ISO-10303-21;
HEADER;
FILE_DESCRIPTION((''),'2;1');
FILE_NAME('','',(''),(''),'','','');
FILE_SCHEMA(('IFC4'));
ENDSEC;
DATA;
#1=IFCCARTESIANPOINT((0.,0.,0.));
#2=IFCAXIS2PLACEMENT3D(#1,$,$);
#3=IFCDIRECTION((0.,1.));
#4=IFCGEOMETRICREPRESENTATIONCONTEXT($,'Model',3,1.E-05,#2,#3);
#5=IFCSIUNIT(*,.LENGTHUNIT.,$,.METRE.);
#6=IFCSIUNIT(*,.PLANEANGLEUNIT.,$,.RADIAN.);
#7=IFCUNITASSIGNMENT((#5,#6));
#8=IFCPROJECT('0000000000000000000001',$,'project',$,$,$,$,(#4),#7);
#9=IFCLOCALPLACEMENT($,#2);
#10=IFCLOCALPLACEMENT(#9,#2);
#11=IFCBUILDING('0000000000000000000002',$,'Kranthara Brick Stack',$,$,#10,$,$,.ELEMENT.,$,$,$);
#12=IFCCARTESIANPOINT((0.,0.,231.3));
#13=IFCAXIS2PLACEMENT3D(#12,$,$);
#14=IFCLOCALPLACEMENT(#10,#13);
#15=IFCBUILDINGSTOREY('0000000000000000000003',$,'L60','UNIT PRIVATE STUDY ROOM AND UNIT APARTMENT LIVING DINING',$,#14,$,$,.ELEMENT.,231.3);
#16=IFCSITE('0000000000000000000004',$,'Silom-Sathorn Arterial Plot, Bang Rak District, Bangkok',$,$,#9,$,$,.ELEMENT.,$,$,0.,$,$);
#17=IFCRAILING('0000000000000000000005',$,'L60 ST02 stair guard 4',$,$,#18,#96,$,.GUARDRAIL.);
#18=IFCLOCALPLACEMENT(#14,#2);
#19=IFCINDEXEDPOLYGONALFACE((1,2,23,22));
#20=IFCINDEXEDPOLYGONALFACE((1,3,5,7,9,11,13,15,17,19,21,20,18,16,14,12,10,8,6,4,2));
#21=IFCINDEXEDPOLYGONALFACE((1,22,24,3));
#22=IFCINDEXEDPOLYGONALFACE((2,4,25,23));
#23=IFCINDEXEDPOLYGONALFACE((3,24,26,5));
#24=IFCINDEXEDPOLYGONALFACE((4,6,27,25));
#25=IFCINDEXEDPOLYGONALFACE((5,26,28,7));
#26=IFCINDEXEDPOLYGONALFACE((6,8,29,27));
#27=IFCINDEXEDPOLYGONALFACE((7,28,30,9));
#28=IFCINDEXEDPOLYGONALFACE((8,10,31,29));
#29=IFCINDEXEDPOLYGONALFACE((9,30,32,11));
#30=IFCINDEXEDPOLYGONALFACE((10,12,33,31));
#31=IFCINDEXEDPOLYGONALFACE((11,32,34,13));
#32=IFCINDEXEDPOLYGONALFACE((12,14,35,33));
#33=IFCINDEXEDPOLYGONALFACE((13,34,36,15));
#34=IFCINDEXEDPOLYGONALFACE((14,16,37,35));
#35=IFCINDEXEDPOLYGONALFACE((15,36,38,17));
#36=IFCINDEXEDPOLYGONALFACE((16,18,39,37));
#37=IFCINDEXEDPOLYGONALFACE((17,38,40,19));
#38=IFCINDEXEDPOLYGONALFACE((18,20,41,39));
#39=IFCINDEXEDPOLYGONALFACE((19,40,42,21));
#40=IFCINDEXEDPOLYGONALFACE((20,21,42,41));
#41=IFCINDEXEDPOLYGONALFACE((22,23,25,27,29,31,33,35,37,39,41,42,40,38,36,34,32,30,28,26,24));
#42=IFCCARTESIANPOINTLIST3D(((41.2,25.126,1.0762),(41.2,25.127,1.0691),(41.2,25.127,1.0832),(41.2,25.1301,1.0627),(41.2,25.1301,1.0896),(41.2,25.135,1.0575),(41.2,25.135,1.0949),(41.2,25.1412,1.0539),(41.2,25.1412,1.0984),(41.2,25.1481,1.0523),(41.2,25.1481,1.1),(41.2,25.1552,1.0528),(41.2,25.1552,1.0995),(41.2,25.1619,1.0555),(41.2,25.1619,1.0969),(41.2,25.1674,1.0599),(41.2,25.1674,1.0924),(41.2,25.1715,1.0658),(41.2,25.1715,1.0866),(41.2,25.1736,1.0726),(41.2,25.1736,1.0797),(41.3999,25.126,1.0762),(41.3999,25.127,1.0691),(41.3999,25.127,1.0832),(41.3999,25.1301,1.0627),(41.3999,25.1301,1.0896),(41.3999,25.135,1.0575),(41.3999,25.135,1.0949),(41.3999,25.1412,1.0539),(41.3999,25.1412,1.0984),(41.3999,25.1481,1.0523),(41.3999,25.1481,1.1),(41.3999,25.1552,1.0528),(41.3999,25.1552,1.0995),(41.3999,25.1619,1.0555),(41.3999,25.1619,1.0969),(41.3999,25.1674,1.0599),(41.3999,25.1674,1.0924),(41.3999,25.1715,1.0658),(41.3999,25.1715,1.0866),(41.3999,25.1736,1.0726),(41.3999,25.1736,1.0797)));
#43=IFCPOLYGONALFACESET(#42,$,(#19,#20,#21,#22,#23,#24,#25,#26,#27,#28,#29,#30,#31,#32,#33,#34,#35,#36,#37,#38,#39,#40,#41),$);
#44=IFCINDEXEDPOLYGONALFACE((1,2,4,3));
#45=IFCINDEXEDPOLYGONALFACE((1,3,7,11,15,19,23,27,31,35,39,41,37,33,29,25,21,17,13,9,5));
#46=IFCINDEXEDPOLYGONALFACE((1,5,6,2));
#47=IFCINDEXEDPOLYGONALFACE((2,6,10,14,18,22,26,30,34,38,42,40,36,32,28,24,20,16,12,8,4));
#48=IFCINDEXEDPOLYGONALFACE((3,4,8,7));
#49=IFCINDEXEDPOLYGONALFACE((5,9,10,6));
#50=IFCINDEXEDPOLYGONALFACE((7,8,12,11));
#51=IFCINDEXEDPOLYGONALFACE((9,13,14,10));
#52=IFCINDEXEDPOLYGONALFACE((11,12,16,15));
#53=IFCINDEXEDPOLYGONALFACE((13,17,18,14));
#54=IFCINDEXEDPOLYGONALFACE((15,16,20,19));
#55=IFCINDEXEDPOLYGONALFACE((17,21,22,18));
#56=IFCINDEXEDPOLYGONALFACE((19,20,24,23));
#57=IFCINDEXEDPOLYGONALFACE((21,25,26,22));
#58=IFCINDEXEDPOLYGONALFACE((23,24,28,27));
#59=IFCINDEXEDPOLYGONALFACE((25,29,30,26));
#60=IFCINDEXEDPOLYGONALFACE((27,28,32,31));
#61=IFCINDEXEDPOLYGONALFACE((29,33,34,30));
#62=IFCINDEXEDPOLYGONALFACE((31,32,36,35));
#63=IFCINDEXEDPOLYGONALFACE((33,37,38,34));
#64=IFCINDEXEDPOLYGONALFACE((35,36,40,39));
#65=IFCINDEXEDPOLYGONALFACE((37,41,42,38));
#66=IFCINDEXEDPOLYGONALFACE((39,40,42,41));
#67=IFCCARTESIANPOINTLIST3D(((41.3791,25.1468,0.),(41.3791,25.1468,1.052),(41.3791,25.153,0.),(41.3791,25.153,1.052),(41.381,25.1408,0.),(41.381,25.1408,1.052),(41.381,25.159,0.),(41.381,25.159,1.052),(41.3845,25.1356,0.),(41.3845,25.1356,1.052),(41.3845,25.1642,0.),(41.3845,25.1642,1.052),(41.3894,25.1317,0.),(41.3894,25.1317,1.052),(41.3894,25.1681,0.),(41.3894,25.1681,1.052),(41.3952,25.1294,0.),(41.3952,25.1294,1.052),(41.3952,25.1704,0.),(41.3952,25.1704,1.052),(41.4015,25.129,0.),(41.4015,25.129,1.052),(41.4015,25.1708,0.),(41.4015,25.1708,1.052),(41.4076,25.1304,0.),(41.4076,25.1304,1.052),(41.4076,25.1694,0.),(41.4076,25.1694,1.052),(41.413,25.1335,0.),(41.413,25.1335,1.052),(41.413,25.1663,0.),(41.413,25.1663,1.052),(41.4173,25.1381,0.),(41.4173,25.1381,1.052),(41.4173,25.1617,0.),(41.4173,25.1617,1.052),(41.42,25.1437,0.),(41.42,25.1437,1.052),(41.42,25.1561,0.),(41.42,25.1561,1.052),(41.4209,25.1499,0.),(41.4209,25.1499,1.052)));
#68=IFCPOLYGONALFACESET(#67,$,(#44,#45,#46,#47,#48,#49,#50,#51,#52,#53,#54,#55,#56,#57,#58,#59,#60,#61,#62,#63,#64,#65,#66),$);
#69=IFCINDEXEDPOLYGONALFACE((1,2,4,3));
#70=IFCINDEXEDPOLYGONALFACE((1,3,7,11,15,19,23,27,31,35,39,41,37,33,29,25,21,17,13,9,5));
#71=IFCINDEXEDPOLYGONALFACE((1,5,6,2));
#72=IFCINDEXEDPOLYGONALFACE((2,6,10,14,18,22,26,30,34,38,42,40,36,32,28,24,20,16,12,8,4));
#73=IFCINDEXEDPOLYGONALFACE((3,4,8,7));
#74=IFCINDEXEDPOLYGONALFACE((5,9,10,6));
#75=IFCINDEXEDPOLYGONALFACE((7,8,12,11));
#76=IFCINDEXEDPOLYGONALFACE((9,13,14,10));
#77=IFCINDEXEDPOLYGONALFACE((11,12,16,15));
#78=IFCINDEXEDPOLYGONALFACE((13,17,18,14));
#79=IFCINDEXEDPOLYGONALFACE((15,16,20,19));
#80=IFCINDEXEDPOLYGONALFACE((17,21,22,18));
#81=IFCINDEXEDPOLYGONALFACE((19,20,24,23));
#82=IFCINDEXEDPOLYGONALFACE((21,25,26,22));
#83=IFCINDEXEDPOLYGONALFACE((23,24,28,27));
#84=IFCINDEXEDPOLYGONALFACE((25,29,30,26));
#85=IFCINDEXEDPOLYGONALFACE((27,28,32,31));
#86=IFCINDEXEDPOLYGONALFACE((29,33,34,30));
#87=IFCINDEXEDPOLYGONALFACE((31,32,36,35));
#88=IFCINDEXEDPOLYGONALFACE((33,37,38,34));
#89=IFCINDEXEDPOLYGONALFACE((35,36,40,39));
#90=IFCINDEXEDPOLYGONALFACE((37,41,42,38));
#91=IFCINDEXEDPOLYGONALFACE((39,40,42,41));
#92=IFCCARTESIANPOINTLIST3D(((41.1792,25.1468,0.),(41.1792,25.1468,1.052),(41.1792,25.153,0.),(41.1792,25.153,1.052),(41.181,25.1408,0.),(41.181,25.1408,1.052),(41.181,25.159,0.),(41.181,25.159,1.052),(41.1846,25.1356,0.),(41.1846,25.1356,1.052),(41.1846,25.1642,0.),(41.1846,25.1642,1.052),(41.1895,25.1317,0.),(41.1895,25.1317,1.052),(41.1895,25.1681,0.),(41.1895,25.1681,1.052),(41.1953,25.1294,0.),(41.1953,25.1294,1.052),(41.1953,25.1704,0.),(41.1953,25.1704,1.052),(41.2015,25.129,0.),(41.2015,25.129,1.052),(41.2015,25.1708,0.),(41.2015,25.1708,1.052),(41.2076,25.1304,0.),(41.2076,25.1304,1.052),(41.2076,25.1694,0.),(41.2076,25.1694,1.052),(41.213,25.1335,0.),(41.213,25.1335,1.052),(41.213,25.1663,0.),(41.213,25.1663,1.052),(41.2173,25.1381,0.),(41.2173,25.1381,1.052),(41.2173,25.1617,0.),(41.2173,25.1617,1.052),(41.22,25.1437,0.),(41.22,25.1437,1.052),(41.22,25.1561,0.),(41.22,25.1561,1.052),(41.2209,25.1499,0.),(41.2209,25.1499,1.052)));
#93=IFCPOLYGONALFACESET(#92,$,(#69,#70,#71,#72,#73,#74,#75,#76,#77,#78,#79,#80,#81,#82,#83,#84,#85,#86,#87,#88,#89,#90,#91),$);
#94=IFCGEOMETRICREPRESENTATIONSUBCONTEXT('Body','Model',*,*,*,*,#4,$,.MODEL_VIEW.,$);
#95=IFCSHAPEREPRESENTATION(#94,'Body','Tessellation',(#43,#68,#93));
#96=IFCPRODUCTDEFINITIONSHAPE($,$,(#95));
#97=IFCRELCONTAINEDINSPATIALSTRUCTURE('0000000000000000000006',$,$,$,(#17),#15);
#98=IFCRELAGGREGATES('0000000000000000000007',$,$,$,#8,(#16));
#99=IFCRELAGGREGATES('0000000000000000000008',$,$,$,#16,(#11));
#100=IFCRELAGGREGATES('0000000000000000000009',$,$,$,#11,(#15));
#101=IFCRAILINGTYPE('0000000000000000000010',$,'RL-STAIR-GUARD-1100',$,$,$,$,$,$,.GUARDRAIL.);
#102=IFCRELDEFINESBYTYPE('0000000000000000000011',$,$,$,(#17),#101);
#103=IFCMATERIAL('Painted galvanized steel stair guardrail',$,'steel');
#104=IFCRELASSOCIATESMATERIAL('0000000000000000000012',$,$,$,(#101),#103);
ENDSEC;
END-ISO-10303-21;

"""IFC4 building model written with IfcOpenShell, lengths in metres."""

from ifc_helpers import new_model, si_unit, direction, frame, origin, origin_2d, place, context, subcontext, project, spatial, circle, extrude, material, type_object, element, save


model = new_model("IFC4")

# Units and contexts
model_context = context("Model", 3, precision=1e-05, world=origin(), true_north=direction((0.0, 1.0)))
body_context = subcontext(model_context, "Body", "Model", "MODEL_VIEW")
ifc_project = project(units=[si_unit("LENGTHUNIT", "METRE"), si_unit("PLANEANGLEUNIT", "RADIAN")], contexts=[model_context])

# Site, building, storey
site_placement = place(None, origin())
site = spatial("IfcSite", under=ifc_project, at=site_placement, Name="Silom-Sathorn Arterial Plot, Bang Rak District, Bangkok", CompositionType="ELEMENT", RefElevation=0.0)
building_placement = place(site_placement, origin())
building = spatial("IfcBuilding", under=site, at=building_placement, Name="Kranthara Brick Stack", CompositionType="ELEMENT")
storey_placement = place(building_placement, frame((0.0, 0.0, 231.3)))
storey = spatial("IfcBuildingStorey", under=building, at=storey_placement, Name="L60", Description="UNIT PRIVATE STUDY ROOM AND UNIT APARTMENT LIVING DINING", CompositionType="ELEMENT", Elevation=231.3)

# Railing
ifc_material_1 = material(Name="Painted galvanized steel stair guardrail", Category="steel")
railing_type_1 = type_object("IfcRailingType", Name="RL-STAIR-GUARD-1100", PredefinedType="GUARDRAIL", material=ifc_material_1)
railing_1_placement = place(storey_placement, frame((41.3999, 25.1499, 0.0)))
element("IfcRailing", 1, at=railing_1_placement, inside=storey, type_object=railing_type_1, Name="L60 ST02 stair guard 4", PredefinedType="GUARDRAIL", context=body_context, shape_type="SweptSolid", body=[
    extrude(circle(Radius=0.0239, at=origin_2d()), frame((0.0, 0.0, 1.0762), z_axis=(-1.0, 0.0, 0.0), x_axis=(0.0, -1.0, 0.0)), (0.0, 0.0, 1.0), 0.2),
    extrude(circle(Radius=0.021, at=origin_2d()), origin(), (0.0, 0.0, 1.0), 1.052),
    extrude(circle(Radius=0.021, at=origin_2d()), frame((-0.2, 0.0, 0.0)), (0.0, 0.0, 1.0), 1.052),
])

save(model, "model.ifc")
